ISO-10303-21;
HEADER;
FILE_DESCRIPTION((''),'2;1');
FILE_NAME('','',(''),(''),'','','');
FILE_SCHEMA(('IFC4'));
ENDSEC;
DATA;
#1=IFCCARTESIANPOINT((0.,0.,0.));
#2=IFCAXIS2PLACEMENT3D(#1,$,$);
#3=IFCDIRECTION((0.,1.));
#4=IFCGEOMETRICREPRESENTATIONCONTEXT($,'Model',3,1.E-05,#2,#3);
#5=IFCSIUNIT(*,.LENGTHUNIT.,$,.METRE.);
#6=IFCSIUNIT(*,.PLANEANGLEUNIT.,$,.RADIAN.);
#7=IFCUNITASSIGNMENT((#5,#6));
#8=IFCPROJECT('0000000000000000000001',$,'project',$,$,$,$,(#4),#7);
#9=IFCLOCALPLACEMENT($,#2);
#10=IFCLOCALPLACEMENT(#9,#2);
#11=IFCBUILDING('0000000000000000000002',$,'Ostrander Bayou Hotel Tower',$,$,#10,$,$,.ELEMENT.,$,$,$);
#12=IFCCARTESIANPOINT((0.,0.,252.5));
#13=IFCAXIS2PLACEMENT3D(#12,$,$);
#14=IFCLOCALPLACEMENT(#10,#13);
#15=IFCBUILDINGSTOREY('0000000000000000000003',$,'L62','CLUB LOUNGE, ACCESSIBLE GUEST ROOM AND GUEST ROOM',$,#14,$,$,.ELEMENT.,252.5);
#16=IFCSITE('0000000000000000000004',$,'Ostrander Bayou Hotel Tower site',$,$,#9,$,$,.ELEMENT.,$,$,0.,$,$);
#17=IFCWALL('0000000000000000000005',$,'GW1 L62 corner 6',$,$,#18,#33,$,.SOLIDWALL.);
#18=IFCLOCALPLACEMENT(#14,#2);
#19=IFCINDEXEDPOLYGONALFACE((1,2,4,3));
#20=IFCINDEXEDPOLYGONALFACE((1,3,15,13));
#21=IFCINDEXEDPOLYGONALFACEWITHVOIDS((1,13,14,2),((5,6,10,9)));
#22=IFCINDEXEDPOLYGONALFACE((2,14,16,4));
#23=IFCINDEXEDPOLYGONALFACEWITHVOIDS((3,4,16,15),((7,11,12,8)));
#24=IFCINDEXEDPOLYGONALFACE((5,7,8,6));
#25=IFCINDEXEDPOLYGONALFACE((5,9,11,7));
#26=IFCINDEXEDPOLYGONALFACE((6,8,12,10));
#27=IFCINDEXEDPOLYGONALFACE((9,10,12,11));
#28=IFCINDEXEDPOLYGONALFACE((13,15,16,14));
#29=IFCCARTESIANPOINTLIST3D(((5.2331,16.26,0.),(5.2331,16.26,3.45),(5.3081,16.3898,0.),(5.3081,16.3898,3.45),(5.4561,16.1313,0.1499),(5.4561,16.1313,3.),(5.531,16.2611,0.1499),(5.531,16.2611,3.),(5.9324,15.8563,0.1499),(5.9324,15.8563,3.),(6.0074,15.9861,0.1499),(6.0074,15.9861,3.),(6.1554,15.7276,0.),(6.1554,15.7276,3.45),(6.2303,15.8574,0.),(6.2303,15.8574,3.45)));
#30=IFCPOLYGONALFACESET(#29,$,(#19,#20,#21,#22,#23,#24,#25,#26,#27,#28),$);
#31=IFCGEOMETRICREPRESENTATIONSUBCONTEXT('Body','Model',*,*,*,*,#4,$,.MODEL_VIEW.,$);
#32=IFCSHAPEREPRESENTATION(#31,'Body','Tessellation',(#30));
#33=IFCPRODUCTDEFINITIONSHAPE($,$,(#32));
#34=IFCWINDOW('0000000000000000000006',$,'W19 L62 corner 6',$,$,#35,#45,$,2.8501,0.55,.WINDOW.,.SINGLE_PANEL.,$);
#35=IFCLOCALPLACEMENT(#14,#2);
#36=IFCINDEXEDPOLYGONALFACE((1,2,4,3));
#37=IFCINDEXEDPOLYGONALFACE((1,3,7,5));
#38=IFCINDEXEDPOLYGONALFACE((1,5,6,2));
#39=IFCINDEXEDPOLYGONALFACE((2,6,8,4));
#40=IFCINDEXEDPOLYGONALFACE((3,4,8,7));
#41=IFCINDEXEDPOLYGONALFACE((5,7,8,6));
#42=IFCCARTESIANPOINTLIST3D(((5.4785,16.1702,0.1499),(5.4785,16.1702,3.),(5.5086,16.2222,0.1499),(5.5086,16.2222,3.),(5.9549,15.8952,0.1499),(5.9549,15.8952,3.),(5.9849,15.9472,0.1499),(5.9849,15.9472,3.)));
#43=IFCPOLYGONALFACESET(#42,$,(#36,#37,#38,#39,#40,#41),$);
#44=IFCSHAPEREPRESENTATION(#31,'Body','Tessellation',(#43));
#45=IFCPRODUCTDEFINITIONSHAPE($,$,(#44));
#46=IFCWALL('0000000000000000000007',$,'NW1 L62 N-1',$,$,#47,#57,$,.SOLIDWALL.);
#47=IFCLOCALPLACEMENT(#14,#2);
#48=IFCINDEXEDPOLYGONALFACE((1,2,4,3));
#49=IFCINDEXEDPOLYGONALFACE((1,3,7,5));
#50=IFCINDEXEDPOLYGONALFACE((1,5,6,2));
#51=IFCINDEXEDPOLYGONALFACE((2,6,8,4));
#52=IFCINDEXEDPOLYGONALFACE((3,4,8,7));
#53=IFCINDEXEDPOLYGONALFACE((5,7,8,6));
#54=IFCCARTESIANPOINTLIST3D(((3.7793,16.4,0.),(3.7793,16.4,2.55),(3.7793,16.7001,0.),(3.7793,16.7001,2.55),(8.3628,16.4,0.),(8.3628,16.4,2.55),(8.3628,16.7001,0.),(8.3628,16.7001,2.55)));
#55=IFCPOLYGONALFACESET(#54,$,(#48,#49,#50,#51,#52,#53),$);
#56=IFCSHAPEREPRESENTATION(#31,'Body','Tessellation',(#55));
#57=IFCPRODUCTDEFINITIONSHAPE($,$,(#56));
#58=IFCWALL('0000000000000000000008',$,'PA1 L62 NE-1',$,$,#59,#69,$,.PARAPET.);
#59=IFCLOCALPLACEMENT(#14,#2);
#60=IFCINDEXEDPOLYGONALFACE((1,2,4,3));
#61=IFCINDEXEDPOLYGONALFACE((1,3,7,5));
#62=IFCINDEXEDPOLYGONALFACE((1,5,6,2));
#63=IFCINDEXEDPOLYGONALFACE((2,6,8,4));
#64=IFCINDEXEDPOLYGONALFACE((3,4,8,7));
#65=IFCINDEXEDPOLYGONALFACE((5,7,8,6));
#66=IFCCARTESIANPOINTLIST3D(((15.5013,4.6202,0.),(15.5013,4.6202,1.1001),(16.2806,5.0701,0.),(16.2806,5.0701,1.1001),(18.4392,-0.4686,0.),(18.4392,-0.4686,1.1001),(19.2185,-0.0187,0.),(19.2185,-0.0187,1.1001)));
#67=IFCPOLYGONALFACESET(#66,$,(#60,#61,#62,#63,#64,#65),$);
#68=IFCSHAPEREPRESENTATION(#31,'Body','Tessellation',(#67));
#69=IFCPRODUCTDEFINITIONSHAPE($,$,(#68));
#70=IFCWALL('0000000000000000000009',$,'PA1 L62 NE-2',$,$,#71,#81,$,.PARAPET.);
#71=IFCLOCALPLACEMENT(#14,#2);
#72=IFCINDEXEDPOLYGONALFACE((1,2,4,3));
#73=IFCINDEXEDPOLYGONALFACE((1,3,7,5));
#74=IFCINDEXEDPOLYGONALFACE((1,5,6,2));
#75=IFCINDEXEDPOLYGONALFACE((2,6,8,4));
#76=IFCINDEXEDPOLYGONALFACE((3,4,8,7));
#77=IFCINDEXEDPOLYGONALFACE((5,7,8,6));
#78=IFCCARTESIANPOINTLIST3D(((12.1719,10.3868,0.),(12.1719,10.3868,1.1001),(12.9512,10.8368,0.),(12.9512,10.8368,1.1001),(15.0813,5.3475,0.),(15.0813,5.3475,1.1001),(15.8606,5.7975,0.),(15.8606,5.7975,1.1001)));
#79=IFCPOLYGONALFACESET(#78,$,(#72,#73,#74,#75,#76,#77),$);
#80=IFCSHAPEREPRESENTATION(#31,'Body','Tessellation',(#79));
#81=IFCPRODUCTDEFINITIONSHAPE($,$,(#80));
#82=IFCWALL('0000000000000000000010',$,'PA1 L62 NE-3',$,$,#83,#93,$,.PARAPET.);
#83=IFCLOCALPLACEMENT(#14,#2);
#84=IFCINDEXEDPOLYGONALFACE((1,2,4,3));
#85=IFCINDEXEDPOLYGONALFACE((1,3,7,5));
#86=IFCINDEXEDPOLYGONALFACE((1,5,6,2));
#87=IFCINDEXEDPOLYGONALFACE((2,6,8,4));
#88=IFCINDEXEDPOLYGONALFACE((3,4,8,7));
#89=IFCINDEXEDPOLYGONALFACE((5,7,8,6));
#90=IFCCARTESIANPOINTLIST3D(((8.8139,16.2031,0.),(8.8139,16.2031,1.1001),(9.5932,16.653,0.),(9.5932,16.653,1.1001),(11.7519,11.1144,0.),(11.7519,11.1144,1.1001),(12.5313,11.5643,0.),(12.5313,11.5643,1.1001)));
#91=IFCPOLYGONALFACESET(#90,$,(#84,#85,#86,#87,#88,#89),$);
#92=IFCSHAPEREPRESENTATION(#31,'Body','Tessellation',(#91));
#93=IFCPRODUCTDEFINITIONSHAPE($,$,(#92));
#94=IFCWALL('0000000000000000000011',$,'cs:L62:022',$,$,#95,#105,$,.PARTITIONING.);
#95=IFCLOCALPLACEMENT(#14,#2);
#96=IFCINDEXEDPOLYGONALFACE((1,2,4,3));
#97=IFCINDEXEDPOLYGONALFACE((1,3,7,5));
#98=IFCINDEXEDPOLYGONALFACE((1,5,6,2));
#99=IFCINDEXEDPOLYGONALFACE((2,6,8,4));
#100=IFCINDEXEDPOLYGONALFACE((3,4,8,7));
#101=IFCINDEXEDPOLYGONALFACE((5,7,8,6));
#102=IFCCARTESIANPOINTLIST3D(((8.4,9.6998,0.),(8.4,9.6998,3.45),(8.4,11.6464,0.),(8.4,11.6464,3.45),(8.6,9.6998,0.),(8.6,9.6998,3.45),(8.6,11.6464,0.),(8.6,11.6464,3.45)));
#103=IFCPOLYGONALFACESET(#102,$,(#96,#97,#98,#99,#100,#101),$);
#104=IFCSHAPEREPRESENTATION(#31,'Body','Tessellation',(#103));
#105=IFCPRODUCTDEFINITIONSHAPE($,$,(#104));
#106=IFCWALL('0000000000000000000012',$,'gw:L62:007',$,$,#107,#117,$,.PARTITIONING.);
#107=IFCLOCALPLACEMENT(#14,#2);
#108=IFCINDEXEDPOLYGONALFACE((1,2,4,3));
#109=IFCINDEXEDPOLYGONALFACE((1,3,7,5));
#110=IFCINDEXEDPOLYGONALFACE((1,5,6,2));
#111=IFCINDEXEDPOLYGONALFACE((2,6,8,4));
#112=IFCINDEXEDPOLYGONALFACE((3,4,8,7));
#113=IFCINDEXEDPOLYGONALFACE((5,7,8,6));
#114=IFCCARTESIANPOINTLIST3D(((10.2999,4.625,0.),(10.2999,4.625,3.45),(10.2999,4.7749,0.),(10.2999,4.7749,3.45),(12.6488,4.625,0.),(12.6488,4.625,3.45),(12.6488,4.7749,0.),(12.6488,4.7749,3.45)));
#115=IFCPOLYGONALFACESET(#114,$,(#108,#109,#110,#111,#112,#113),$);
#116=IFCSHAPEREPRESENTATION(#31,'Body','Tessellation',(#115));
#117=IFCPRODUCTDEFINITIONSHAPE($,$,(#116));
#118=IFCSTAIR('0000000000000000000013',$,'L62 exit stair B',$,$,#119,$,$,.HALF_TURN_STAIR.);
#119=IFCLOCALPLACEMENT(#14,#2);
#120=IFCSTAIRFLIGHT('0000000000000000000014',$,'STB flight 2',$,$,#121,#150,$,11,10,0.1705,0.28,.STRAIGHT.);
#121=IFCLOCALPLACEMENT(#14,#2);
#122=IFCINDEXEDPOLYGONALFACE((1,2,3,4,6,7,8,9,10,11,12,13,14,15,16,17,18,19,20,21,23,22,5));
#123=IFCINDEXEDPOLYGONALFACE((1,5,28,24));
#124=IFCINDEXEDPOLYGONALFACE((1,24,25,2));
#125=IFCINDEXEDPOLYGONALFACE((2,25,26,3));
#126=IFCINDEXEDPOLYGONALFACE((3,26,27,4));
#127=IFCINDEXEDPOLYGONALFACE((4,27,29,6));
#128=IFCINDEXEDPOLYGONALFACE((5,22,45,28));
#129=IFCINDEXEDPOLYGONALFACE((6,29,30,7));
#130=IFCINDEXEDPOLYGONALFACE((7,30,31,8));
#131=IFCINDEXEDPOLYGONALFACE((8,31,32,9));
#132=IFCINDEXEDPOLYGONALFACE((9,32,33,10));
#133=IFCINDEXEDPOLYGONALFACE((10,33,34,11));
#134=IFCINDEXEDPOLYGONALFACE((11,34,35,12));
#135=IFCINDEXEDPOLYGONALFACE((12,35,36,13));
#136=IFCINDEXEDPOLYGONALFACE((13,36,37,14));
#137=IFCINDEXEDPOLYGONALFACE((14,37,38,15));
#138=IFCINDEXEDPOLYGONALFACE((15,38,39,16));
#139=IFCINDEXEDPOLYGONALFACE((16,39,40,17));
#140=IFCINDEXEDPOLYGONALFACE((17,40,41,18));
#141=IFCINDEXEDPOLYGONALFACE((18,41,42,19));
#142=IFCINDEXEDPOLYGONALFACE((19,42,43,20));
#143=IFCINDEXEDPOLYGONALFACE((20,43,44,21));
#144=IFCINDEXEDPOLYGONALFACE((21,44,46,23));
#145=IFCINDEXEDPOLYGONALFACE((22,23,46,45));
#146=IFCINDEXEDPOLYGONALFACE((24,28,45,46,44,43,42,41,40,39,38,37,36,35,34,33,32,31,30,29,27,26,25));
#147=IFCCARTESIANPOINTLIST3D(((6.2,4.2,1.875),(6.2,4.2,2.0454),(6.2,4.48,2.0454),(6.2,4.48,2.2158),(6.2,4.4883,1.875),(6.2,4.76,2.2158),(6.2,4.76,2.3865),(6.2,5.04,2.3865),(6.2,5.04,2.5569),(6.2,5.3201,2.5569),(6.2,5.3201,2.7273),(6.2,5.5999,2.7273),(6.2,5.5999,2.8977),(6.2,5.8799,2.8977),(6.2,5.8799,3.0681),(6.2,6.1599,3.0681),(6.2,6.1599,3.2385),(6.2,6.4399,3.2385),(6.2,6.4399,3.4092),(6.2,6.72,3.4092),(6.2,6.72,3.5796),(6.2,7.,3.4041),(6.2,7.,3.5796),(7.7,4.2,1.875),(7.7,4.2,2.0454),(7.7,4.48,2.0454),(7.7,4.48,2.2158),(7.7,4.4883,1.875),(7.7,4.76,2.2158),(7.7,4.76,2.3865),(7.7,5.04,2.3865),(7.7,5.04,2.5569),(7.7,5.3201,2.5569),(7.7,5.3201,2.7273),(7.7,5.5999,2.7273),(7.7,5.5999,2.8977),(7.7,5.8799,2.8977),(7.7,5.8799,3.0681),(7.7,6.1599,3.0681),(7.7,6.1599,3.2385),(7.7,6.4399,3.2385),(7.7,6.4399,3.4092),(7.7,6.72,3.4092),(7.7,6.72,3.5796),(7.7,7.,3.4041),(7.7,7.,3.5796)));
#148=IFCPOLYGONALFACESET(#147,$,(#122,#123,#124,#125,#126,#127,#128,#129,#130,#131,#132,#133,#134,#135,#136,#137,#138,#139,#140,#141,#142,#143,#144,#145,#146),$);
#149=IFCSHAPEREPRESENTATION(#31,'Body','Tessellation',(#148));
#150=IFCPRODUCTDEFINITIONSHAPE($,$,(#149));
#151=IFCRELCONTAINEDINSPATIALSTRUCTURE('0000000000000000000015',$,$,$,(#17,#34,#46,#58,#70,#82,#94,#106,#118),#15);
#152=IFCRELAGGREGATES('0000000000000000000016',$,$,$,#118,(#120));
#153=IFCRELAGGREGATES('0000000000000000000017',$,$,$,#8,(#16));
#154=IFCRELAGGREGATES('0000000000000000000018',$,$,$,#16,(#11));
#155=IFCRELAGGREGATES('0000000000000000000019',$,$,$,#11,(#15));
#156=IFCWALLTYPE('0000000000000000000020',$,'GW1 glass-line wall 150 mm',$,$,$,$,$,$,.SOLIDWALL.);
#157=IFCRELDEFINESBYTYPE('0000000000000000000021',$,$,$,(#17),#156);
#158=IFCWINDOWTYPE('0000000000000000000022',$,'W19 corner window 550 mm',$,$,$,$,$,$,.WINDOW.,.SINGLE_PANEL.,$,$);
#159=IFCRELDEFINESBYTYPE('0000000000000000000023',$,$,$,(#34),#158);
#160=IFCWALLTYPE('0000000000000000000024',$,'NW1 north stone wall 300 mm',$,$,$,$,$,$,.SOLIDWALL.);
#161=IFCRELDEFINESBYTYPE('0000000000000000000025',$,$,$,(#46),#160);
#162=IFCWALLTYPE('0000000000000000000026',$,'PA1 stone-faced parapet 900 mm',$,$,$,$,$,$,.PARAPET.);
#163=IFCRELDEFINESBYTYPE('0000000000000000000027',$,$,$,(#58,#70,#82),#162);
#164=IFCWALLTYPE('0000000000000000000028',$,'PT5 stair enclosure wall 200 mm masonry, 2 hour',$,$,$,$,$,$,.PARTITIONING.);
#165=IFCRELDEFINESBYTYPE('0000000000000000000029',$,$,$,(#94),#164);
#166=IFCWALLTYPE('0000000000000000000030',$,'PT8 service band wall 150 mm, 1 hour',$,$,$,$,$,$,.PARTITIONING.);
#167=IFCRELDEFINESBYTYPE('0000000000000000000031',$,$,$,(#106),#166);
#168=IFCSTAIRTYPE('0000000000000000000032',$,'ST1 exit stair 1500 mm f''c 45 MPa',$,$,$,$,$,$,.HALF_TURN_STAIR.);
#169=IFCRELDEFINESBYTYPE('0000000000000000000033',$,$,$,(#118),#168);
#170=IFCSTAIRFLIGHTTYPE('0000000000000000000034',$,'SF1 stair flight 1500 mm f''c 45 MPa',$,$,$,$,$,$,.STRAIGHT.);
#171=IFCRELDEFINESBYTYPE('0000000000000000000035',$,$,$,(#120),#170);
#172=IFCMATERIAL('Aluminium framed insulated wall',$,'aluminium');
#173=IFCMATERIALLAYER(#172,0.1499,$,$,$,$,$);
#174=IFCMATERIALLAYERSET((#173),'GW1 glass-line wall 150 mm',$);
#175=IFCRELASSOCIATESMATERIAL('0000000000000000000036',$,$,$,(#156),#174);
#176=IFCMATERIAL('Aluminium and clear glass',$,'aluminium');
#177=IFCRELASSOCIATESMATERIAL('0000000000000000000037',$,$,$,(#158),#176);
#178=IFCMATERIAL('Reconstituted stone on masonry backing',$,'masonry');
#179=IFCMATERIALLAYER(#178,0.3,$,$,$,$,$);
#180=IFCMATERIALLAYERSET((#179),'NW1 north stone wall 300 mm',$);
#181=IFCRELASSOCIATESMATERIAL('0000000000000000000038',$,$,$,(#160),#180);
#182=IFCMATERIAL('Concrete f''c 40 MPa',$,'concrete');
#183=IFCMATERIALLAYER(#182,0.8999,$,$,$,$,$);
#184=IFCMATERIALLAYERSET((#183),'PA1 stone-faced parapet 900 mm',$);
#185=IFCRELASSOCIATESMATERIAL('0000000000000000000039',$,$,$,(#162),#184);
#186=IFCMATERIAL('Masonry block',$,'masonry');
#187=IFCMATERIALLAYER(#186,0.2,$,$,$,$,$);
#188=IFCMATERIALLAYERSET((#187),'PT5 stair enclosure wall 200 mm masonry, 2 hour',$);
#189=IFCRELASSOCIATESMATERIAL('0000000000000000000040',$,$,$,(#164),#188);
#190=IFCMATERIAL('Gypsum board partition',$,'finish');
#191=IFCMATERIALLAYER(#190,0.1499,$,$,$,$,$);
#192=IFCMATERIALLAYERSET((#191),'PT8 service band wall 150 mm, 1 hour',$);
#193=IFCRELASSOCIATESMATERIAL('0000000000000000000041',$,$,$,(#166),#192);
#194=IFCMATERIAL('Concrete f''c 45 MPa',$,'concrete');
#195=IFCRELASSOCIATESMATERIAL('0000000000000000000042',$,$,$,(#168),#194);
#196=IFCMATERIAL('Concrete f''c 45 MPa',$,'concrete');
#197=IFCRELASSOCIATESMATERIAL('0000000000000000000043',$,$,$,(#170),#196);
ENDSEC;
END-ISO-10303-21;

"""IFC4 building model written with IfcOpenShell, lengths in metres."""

from ifc_helpers import new_model, si_unit, direction, frame, frame_2d, origin, place, context, subcontext, project, spatial, polyline, rectangle, outline, extrude, material, layer, layer_set, type_object, element, fill, aggregate, save


model = new_model("IFC4")

# Units and contexts
model_context = context("Model", 3, precision=1e-05, world=origin(), true_north=direction((0.0, 1.0)))
body_context = subcontext(model_context, "Body", "Model", "MODEL_VIEW")
ifc_project = project(units=[si_unit("LENGTHUNIT", "METRE"), si_unit("PLANEANGLEUNIT", "RADIAN")], contexts=[model_context])

# Site, building, storey
site_placement = place(None, origin())
site = spatial("IfcSite", under=ifc_project, at=site_placement, Name="Ostrander Bayou Hotel Tower site", CompositionType="ELEMENT", RefElevation=0.0)
building_placement = place(site_placement, origin())
building = spatial("IfcBuilding", under=site, at=building_placement, Name="Ostrander Bayou Hotel Tower", CompositionType="ELEMENT")
storey_placement = place(building_placement, frame((0.0, 0.0, 252.5)))
storey = spatial("IfcBuildingStorey", under=building, at=storey_placement, Name="L62", Description="CLUB LOUNGE, ACCESSIBLE GUEST ROOM AND GUEST ROOM", CompositionType="ELEMENT", Elevation=252.5)

# Shared definitions
ifc_material_1 = material(Name="Aluminium framed insulated wall", Category="aluminium")
ifc_layer_1 = layer(ifc_material_1, 0.1499)
ifc_layer_set_1 = layer_set([ifc_layer_1], Name="GW1 glass-line wall 150 mm")
wall_type_1 = type_object("IfcWallType", Name="GW1 glass-line wall 150 mm", PredefinedType="SOLIDWALL", material=ifc_layer_set_1)

# Wall, opening, window
wall_1_placement = place(storey_placement, frame((6.1929, 15.7925, 0.0), z_axis=(0.0, 0.0, 1.0), x_axis=(-0.866048, 0.499961, 0.0)))
wall_1 = element("IfcWall", 1, at=wall_1_placement, inside=storey, type_object=wall_type_1, Name="GW1 L62 corner 6", PredefinedType="SOLIDWALL", context=body_context, shape_type="SweptSolid", body=[
    extrude(rectangle(XDim=1.0649, YDim=0.1499, at=frame_2d((0.5325, 0.0))), origin(), (0.0, 0.0, 1.0), 3.45),
])
opening_1_placement = place(wall_1_placement, frame((0.2576, 0.0, 0.1499)))
opening_1 = element("IfcOpeningElement", 2, at=opening_1_placement, cuts=wall_1, PredefinedType="OPENING", context=body_context, shape_type="SweptSolid", body=[
    extrude(rectangle(XDim=0.55, YDim=2.8501, at=frame_2d((0.2749, 1.425))), frame((0.0, 0.075, 0.0), z_axis=(0.0, -1.0, 0.0), x_axis=(1.0, 0.0, 0.0)), (0.0, 0.0, 1.0), 0.1499),
])
ifc_material_2 = material(Name="Aluminium and clear glass", Category="aluminium")
window_type_1 = type_object("IfcWindowType", Name="W19 corner window 550 mm", PartitioningType="SINGLE_PANEL", PredefinedType="WINDOW", material=ifc_material_2)
window_1_placement = place(opening_1_placement, origin())
window_1 = element("IfcWindow", 3, at=window_1_placement, inside=storey, type_object=window_type_1, Name="W19 L62 corner 6", OverallHeight=2.8501, OverallWidth=0.55, PartitioningType="SINGLE_PANEL", PredefinedType="WINDOW", context=body_context, shape_type="SweptSolid", body=[
    extrude(rectangle(XDim=0.55, YDim=2.8501, at=frame_2d((0.2749, 1.425))), frame((0.0, 0.03, 0.0), z_axis=(0.0, -1.0, 0.0), x_axis=(1.0, 0.0, 0.0)), (0.0, 0.0, 1.0), 0.0601),
])
fill(opening_1, window_1)

# Walls
ifc_material_3 = material(Name="Reconstituted stone on masonry backing", Category="masonry")
ifc_layer_2 = layer(ifc_material_3, 0.3)
ifc_layer_set_2 = layer_set([ifc_layer_2], Name="NW1 north stone wall 300 mm")
wall_type_2 = type_object("IfcWallType", Name="NW1 north stone wall 300 mm", PredefinedType="SOLIDWALL", material=ifc_layer_set_2)
wall_2_placement = place(storey_placement, frame((8.3628, 16.55, 0.0), z_axis=(0.0, 0.0, 1.0), x_axis=(-1.0, 0.0, 0.0)))
element("IfcWall", 4, at=wall_2_placement, inside=storey, type_object=wall_type_2, Name="NW1 L62 N-1", PredefinedType="SOLIDWALL", context=body_context, shape_type="SweptSolid", body=[
    extrude(rectangle(XDim=4.5835, YDim=0.3, at=frame_2d((2.2917, 0.0))), origin(), (0.0, 0.0, 1.0), 2.55),
])
ifc_material_4 = material(Name="Concrete f'c 40 MPa", Category="concrete")
ifc_layer_3 = layer(ifc_material_4, 0.8999)
ifc_layer_set_3 = layer_set([ifc_layer_3], Name="PA1 stone-faced parapet 900 mm")
wall_type_3 = type_object("IfcWallType", Name="PA1 stone-faced parapet 900 mm", PredefinedType="PARAPET", material=ifc_layer_set_3)
wall_3_placement = place(storey_placement, frame((18.8289, -0.2437, 0.0), z_axis=(0.0, 0.0, 1.0), x_axis=(-0.499991, 0.866031, 0.0)))
element("IfcWall", 5, at=wall_3_placement, inside=storey, type_object=wall_type_3, Name="PA1 L62 NE-1", PredefinedType="PARAPET", context=body_context, shape_type="SweptSolid", body=[
    extrude(rectangle(XDim=5.876, YDim=0.8999, at=frame_2d((2.938, 0.0))), origin(), (0.0, 0.0, 1.0), 1.1001),
])
wall_4_placement = place(storey_placement, frame((15.4709, 5.5725, 0.0), z_axis=(0.0, 0.0, 1.0), x_axis=(-0.499997, 0.866027, 0.0)))
element("IfcWall", 6, at=wall_4_placement, inside=storey, type_object=wall_type_3, Name="PA1 L62 NE-2", PredefinedType="PARAPET", context=body_context, shape_type="SweptSolid", body=[
    extrude(rectangle(XDim=5.8188, YDim=0.8999, at=frame_2d((2.9094, 0.0))), origin(), (0.0, 0.0, 1.0), 1.1001),
])
wall_5_placement = place(storey_placement, frame((12.1416, 11.3394, 0.0), z_axis=(0.0, 0.0, 1.0), x_axis=(-0.500009, 0.86602, 0.0)))
element("IfcWall", 7, at=wall_5_placement, inside=storey, type_object=wall_type_3, Name="PA1 L62 NE-3", PredefinedType="PARAPET", context=body_context, shape_type="SweptSolid", body=[
    extrude(rectangle(XDim=5.876, YDim=0.8999, at=frame_2d((2.938, 0.0))), origin(), (0.0, 0.0, 1.0), 1.1001),
])
ifc_material_5 = material(Name="Masonry block", Category="masonry")
ifc_layer_4 = layer(ifc_material_5, 0.2)
ifc_layer_set_4 = layer_set([ifc_layer_4], Name="PT5 stair enclosure wall 200 mm masonry, 2 hour")
wall_type_4 = type_object("IfcWallType", Name="PT5 stair enclosure wall 200 mm masonry, 2 hour", PredefinedType="PARTITIONING", material=ifc_layer_set_4)
wall_6_placement = place(storey_placement, frame((8.5, 9.7, 0.0), z_axis=(0.0, 0.0, 1.0), x_axis=(0.0, 1.0, 0.0)))
element("IfcWall", 8, at=wall_6_placement, inside=storey, type_object=wall_type_4, Name="cs:L62:022", PredefinedType="PARTITIONING", context=body_context, shape_type="SweptSolid", body=[
    extrude(rectangle(XDim=1.9465, YDim=0.2, at=frame_2d((0.9731, 0.0))), origin(), (0.0, 0.0, 1.0), 3.45),
])
ifc_material_6 = material(Name="Gypsum board partition", Category="finish")
ifc_layer_5 = layer(ifc_material_6, 0.1499)
ifc_layer_set_5 = layer_set([ifc_layer_5], Name="PT8 service band wall 150 mm, 1 hour")
wall_type_5 = type_object("IfcWallType", Name="PT8 service band wall 150 mm, 1 hour", PredefinedType="PARTITIONING", material=ifc_layer_set_5)
wall_7_placement = place(storey_placement, frame((10.3, 4.7, 0.0), z_axis=(0.0, 0.0, 1.0), x_axis=(1.0, 0.0, 0.0)))
element("IfcWall", 9, at=wall_7_placement, inside=storey, type_object=wall_type_5, Name="gw:L62:007", PredefinedType="PARTITIONING", context=body_context, shape_type="SweptSolid", body=[
    extrude(rectangle(XDim=2.3489, YDim=0.1499, at=frame_2d((1.1743, 0.0))), origin(), (0.0, 0.0, 1.0), 3.45),
])

# Stair, stair flight
ifc_material_7 = material(Name="Concrete f'c 45 MPa", Category="concrete")
stair_type = type_object("IfcStairType", Name="ST1 exit stair 1500 mm f'c 45 MPa", PredefinedType="HALF_TURN_STAIR", material=ifc_material_7)
stair_placement = place(storey_placement, origin())
stair = element("IfcStair", 10, at=stair_placement, inside=storey, type_object=stair_type, Name="L62 exit stair B", PredefinedType="HALF_TURN_STAIR")
ifc_material_8 = material(Name="Concrete f'c 45 MPa", Category="concrete")
stair_flight_type = type_object("IfcStairFlightType", Name="SF1 stair flight 1500 mm f'c 45 MPa", PredefinedType="STRAIGHT", material=ifc_material_8)
stair_flight_placement = place(storey_placement, frame((6.95, 4.2, 1.875), z_axis=(0.0, 0.0, 1.0), x_axis=(0.0, 1.0, 0.0)))
stair_flight = element("IfcStairFlight", 11, at=stair_flight_placement, type_object=stair_flight_type, Name="STB flight 2", NumberOfRisers=11, NumberOfTreads=10, PredefinedType="STRAIGHT", RiserHeight=0.1705, TreadLength=0.28, context=body_context, shape_type="SweptSolid", body=[
    extrude(outline(polyline([(0.0, 0.0), (0.0, 0.1704), (0.28, 0.1704), (0.28, 0.3408), (0.5601, 0.3408), (0.5601, 0.5115), (0.8401, 0.5115), (0.8401, 0.6819), (1.1201, 0.6819), (1.1201, 0.8523), (1.3999, 0.8523), (1.3999, 1.0227), (1.6799, 1.0227), (1.6799, 1.1931), (1.96, 1.1931), (1.96, 1.3635), (2.24, 1.3635), (2.24, 1.5342), (2.52, 1.5342), (2.52, 1.7046), (2.8, 1.7046), (2.8, 1.875), (2.8, 1.5291), (0.2883, 0.0), (0.0, 0.0)])), frame((0.0, 0.75, 0.0), z_axis=(0.0, -1.0, 0.0), x_axis=(1.0, 0.0, 0.0)), (0.0, 0.0, 1.0), 1.5),
])
aggregate(stair, [stair_flight])

save(model, "model.ifc")
